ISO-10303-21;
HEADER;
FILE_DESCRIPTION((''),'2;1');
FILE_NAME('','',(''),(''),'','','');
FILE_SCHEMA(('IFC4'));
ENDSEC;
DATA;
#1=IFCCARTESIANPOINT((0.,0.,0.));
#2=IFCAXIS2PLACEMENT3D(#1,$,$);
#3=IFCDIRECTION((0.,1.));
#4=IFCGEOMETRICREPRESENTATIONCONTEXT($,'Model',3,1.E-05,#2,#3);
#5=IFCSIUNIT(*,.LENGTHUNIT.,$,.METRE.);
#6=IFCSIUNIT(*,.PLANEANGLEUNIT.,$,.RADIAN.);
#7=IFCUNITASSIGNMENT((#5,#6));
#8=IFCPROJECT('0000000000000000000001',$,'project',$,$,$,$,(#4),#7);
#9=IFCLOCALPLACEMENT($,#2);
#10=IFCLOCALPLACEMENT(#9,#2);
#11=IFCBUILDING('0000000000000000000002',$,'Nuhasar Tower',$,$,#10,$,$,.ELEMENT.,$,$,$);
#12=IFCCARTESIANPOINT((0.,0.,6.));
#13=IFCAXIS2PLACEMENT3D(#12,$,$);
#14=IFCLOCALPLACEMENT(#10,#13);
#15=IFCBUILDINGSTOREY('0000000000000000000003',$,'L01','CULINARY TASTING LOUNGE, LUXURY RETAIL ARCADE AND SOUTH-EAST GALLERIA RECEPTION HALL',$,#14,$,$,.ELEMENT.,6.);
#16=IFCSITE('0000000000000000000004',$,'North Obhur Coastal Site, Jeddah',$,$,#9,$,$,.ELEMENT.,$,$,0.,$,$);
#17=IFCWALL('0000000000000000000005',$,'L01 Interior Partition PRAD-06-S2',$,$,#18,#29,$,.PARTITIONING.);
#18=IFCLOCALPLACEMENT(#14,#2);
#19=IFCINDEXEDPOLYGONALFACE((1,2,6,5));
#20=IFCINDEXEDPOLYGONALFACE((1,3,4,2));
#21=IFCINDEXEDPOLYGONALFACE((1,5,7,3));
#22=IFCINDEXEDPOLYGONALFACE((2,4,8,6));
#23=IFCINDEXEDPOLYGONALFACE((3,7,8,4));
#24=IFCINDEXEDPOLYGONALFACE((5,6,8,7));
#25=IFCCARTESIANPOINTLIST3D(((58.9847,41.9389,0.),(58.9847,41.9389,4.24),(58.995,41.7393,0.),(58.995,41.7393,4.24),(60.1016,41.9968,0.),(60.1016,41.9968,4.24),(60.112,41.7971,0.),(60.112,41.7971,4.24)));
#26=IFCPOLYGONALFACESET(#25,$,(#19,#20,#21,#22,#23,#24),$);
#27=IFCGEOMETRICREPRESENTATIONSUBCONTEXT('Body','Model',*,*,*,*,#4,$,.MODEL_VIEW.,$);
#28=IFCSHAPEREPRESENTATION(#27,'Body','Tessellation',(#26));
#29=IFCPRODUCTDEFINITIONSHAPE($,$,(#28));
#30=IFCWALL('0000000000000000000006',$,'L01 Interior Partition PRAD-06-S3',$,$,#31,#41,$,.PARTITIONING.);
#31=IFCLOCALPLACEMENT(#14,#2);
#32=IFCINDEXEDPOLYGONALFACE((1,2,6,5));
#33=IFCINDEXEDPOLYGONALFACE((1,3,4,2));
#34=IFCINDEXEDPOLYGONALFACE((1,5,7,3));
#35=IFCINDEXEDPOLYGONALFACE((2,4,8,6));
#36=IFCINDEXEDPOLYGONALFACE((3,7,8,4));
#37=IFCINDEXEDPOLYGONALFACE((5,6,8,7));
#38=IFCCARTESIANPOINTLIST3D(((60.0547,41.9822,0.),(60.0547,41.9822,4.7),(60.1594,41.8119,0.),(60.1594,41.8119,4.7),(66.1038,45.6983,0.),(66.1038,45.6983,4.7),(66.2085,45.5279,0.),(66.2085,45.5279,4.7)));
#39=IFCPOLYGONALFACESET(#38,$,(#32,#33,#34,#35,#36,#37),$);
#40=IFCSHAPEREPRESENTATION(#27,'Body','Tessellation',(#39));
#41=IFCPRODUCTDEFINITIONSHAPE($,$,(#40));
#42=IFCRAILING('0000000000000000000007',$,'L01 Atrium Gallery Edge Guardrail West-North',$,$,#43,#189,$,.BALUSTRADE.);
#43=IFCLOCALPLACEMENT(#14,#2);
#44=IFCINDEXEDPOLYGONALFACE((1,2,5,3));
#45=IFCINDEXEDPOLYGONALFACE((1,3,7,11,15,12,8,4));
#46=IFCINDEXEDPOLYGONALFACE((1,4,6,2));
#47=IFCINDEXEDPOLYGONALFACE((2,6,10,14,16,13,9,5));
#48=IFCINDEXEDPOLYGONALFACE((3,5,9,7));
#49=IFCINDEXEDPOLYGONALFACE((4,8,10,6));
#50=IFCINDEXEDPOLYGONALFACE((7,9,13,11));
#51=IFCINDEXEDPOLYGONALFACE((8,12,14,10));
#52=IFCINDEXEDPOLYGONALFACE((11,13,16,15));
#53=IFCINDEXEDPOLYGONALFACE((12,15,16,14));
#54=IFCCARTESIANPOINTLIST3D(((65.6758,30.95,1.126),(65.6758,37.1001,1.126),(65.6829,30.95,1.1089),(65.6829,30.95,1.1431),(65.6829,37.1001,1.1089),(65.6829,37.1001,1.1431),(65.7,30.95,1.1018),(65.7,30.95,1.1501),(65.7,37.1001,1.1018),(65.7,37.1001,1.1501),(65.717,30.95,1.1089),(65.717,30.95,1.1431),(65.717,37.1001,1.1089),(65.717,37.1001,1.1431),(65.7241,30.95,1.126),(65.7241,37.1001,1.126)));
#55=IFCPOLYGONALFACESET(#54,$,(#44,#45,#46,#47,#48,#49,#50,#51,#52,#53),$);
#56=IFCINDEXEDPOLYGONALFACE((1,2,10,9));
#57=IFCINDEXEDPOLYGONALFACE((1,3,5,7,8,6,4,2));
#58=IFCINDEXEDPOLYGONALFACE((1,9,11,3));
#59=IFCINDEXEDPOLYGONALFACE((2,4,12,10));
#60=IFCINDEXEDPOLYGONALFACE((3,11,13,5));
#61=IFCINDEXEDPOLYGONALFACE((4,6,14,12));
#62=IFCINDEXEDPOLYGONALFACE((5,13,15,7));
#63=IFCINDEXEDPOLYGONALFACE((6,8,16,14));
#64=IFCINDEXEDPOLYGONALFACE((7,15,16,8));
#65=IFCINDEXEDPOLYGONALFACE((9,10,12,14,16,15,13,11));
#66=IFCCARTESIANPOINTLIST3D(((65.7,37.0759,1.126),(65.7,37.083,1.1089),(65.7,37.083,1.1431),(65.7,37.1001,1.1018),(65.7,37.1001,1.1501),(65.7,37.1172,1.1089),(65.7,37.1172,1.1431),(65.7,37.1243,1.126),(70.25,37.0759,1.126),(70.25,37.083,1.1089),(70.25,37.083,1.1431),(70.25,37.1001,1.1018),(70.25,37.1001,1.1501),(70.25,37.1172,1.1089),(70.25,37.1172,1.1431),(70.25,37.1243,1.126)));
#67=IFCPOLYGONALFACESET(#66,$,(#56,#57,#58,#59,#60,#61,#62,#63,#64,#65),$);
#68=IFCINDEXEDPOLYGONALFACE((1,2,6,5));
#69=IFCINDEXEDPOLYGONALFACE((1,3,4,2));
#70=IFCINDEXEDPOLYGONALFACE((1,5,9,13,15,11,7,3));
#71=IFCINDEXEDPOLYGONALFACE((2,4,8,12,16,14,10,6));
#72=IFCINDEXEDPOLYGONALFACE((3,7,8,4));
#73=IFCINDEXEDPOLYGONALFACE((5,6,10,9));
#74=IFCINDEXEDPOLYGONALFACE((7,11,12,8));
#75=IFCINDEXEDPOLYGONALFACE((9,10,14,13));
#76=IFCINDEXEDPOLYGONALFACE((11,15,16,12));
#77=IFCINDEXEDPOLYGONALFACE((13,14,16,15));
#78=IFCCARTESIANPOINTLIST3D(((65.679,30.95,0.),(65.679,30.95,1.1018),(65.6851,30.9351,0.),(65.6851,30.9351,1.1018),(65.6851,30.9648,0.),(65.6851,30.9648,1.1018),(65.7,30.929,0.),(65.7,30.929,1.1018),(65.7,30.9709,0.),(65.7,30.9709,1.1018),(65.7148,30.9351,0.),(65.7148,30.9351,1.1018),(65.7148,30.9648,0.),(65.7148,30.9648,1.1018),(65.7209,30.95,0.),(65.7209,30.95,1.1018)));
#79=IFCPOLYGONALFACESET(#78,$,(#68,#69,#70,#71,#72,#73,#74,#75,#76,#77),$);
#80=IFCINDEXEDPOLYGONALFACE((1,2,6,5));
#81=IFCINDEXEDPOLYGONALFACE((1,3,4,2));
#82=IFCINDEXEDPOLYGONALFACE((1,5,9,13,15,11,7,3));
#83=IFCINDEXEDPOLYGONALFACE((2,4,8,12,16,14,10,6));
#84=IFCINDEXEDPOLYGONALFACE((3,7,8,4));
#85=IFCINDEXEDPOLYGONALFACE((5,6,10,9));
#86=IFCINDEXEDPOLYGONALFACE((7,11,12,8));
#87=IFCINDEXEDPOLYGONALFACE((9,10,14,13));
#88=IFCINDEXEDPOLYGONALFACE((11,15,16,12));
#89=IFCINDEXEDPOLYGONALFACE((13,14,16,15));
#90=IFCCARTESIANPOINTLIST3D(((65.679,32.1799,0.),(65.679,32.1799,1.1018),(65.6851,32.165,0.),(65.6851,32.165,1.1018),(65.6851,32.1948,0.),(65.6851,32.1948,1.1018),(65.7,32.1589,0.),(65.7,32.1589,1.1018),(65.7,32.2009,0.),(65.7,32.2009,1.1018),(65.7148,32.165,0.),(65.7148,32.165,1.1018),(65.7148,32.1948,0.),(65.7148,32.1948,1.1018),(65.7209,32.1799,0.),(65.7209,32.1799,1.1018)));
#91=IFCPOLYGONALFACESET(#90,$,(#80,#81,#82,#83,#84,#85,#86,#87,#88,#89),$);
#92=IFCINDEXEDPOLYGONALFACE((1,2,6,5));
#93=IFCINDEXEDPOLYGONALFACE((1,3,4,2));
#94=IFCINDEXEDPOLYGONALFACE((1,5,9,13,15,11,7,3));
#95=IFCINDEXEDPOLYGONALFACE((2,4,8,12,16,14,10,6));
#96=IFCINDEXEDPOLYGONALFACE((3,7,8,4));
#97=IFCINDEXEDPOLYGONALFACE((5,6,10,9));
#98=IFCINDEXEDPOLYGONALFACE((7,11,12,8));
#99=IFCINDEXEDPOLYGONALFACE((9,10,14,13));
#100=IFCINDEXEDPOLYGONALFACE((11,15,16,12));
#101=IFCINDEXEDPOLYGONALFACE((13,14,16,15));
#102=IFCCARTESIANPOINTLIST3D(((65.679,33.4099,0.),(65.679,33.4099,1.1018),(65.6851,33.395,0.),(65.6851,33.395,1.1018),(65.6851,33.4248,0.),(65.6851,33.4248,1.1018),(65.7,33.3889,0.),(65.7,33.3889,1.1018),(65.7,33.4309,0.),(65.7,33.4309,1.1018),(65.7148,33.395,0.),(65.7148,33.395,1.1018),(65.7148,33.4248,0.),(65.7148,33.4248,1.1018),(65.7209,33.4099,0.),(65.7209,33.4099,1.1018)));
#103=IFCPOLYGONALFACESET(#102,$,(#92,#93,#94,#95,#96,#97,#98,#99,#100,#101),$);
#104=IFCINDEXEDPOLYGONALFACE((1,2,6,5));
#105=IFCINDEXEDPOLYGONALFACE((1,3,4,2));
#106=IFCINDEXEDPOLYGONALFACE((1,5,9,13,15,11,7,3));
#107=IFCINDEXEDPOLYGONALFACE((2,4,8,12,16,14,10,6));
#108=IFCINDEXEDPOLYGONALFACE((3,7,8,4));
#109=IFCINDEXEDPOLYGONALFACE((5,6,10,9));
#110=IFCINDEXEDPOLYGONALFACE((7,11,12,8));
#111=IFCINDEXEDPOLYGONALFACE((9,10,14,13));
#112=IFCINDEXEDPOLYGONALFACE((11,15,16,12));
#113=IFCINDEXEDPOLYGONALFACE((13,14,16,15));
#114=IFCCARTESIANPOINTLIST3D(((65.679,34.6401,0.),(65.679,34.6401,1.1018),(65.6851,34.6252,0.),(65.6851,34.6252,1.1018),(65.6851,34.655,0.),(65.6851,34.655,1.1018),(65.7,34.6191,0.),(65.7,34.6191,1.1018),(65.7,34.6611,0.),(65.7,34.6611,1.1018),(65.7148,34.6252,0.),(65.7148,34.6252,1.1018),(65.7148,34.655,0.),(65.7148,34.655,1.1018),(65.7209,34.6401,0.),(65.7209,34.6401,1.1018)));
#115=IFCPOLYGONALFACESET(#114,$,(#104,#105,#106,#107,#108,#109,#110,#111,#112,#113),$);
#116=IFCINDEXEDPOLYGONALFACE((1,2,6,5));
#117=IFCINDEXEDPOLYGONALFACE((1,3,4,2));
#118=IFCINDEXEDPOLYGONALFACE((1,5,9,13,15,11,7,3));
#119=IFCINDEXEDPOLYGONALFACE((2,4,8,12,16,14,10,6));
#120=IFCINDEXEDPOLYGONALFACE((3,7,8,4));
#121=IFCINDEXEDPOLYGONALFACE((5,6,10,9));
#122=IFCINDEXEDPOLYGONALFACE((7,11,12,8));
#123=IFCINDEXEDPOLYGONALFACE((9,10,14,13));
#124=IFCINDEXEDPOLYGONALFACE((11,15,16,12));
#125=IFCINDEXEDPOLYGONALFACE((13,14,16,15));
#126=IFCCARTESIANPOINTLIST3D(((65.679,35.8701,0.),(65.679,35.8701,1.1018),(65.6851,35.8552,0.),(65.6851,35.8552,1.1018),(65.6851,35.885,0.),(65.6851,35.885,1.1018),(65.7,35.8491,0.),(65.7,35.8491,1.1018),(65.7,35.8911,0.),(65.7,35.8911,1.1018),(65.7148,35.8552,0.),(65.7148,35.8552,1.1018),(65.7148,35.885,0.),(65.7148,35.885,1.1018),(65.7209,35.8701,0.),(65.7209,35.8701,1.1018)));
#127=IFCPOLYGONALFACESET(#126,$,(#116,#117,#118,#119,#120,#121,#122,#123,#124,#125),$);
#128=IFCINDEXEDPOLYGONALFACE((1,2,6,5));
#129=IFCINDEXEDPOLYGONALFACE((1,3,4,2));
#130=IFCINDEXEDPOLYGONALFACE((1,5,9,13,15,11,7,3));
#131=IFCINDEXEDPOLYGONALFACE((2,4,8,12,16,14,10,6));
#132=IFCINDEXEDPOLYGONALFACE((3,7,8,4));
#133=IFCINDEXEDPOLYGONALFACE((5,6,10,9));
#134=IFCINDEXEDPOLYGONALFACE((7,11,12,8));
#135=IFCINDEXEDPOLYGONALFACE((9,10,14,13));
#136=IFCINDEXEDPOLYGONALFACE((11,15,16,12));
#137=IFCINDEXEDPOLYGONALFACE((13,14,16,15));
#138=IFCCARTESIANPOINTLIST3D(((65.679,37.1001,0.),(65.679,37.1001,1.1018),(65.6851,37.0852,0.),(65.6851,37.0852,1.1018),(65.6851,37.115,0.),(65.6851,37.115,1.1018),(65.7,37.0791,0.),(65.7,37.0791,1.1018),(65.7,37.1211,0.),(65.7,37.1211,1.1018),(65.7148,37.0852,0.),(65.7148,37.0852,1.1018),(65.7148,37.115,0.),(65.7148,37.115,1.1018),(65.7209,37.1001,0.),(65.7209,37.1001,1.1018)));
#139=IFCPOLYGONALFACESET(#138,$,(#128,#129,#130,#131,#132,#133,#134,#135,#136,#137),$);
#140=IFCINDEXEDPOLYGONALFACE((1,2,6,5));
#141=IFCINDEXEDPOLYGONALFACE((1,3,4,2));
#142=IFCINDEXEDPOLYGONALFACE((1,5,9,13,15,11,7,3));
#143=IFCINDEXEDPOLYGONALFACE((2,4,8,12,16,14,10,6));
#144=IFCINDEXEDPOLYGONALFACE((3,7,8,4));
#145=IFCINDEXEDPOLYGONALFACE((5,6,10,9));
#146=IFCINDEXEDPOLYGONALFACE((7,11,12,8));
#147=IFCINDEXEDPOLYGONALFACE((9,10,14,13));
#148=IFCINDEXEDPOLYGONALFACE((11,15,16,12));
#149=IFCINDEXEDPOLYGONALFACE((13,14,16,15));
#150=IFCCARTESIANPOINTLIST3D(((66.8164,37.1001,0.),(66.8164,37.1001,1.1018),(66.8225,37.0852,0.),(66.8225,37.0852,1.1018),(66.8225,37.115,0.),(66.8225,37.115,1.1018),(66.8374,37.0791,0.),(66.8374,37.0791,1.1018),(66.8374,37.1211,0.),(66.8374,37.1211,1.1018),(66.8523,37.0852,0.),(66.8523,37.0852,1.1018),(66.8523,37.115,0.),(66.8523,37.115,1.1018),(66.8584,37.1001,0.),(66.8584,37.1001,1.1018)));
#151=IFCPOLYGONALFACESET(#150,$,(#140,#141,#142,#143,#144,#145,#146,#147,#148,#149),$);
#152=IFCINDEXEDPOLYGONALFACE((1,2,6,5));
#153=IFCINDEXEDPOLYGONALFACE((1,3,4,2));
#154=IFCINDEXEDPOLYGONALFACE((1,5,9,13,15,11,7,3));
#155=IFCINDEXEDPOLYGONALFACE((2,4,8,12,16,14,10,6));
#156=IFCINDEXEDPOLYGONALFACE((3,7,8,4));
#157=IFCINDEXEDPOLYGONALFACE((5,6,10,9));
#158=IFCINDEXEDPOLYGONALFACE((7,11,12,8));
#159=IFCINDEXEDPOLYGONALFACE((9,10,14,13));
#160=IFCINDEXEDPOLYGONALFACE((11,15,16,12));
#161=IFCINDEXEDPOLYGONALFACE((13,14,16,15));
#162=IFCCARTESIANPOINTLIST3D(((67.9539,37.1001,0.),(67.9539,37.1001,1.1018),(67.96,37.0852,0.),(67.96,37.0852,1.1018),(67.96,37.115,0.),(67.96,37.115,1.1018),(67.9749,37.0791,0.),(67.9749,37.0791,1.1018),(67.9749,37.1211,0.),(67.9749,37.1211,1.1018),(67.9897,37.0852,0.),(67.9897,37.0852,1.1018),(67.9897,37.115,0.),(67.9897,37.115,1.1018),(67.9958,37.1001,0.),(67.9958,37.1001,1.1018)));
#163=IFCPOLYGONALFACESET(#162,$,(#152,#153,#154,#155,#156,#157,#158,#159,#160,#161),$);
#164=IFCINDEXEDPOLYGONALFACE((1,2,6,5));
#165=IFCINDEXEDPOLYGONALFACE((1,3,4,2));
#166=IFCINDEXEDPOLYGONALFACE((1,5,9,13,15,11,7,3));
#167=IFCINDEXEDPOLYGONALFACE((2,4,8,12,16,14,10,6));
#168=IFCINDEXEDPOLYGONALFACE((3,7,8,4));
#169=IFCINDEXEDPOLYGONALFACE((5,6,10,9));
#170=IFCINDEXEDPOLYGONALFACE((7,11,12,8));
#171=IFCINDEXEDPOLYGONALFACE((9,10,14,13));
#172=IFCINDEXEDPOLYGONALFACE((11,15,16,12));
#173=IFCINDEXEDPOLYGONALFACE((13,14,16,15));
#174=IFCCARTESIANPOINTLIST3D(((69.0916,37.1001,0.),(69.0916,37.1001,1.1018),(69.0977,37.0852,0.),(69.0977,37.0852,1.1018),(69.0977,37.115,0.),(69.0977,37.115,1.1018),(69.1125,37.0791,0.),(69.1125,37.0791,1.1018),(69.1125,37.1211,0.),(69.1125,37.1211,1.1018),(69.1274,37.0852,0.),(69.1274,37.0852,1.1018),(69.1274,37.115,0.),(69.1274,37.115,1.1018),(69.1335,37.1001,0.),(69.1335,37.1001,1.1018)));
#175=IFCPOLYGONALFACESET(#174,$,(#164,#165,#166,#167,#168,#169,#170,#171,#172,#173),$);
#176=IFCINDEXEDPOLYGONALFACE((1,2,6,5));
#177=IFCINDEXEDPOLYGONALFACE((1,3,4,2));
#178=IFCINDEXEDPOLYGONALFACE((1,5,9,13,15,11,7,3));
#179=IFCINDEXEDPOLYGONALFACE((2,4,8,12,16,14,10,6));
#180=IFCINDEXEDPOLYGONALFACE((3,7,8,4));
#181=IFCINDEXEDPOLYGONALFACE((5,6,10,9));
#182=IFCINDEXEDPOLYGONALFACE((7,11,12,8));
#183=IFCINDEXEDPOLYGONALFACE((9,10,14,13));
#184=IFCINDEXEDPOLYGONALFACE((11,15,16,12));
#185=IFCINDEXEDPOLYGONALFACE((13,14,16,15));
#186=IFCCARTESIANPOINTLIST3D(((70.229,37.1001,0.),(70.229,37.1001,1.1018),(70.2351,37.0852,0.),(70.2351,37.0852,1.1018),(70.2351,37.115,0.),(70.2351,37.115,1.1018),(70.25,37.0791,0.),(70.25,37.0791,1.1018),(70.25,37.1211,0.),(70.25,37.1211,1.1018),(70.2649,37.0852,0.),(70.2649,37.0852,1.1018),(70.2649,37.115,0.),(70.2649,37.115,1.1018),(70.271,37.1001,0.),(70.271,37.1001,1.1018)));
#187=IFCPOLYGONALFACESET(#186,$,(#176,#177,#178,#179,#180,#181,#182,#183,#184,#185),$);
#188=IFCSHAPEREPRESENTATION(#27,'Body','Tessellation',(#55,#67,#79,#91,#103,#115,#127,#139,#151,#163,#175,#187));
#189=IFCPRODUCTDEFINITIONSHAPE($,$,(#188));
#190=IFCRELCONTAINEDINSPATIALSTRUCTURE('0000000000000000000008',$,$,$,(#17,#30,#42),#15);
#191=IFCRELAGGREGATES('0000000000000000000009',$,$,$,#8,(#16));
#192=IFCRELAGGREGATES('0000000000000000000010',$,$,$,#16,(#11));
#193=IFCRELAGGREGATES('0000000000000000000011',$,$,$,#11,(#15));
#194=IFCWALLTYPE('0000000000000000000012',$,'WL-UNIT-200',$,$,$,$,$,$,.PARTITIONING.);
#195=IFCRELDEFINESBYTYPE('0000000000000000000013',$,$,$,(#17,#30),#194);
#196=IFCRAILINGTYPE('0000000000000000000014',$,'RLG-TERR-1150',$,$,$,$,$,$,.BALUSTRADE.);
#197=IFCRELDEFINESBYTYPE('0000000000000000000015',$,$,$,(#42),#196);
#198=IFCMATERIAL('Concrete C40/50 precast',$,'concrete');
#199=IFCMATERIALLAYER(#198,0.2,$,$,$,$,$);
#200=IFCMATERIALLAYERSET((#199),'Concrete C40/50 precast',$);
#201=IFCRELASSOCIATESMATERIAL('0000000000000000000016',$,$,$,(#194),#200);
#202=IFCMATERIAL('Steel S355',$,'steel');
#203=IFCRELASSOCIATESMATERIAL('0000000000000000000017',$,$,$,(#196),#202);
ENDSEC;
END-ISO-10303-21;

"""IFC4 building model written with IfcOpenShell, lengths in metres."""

from ifc_helpers import new_model, si_unit, direction, frame, frame_2d, origin, place, context, subcontext, project, spatial, polyline, rectangle, outline, extrude, material, layer, layer_set, type_object, element, save


model = new_model("IFC4")

# Units and contexts
model_context = context("Model", 3, precision=1e-05, world=origin(), true_north=direction((0.0, 1.0)))
body_context = subcontext(model_context, "Body", "Model", "MODEL_VIEW")
ifc_project = project(units=[si_unit("LENGTHUNIT", "METRE"), si_unit("PLANEANGLEUNIT", "RADIAN")], contexts=[model_context])

# Site, building, storey
site_placement = place(None, origin())
site = spatial("IfcSite", under=ifc_project, at=site_placement, Name="North Obhur Coastal Site, Jeddah", CompositionType="ELEMENT", RefElevation=0.0)
building_placement = place(site_placement, origin())
building = spatial("IfcBuilding", under=site, at=building_placement, Name="Nuhasar Tower", CompositionType="ELEMENT")
storey_placement = place(building_placement, frame((0.0, 0.0, 6.0)))
storey = spatial("IfcBuildingStorey", under=building, at=storey_placement, Name="L01", Description="CULINARY TASTING LOUNGE, LUXURY RETAIL ARCADE AND SOUTH-EAST GALLERIA RECEPTION HALL", CompositionType="ELEMENT", Elevation=6.0)

# Shared definitions
ifc_material_1 = material(Name="Steel S355", Category="steel")

# Walls
ifc_material_2 = material(Name="Concrete C40/50 precast", Category="concrete")
ifc_layer_1 = layer(ifc_material_2, 0.2)
ifc_layer_set_1 = layer_set([ifc_layer_1], Name="Concrete C40/50 precast")
wall_type = type_object("IfcWallType", Name="WL-UNIT-200", PredefinedType="PARTITIONING", material=ifc_layer_set_1)
wall_1_placement = place(storey_placement, frame((58.99, 41.8391, 0.0), z_axis=(0.0, 0.0, 1.0), x_axis=(0.998661, 0.051734, 0.0)))
element("IfcWall", 1, at=wall_1_placement, inside=storey, type_object=wall_type, Name="L01 Interior Partition PRAD-06-S2", PredefinedType="PARTITIONING", context=body_context, shape_type="SweptSolid", body=[
    extrude(rectangle(XDim=1.1184, YDim=0.2, at=frame_2d((0.5591, 0.0))), origin(), (0.0, 0.0, 1.0), 4.24),
])
wall_2_placement = place(storey_placement, frame((60.1069, 41.897, 0.0), z_axis=(0.0, 0.0, 1.0), x_axis=(0.852063, 0.523439, 0.0)))
element("IfcWall", 2, at=wall_2_placement, inside=storey, type_object=wall_type, Name="L01 Interior Partition PRAD-06-S3", PredefinedType="PARTITIONING", context=body_context, shape_type="SweptSolid", body=[
    extrude(rectangle(XDim=7.0994, YDim=0.2, at=frame_2d((3.5498, 0.0))), origin(), (0.0, 0.0, 1.0), 4.7),
])

# Railing
railing_type = type_object("IfcRailingType", Name="RLG-TERR-1150", PredefinedType="BALUSTRADE", material=ifc_material_1)
railing_placement = place(storey_placement, frame((65.7, 30.95, 0.0)))
element("IfcRailing", 3, at=railing_placement, inside=storey, type_object=railing_type, Name="L01 Atrium Gallery Edge Guardrail West-North", PredefinedType="BALUSTRADE", context=body_context, shape_type="SweptSolid", body=[
    extrude(outline(polyline([(0.0242, 0.0), (0.0171, 0.0171), (0.0, 0.0242), (-0.0171, 0.0171), (-0.0242, 0.0), (-0.0171, -0.0171), (0.0, -0.0242), (0.0171, -0.0171), (0.0242, 0.0)])), frame((0.0, 0.0, 1.126), z_axis=(0.0, 1.0, 0.0), x_axis=(-1.0, 0.0, 0.0)), (0.0, 0.0, 1.0), 6.1501),
    extrude(outline(polyline([(0.0242, 0.0), (0.0171, 0.0171), (0.0, 0.0242), (-0.0171, 0.0171), (-0.0242, 0.0), (-0.0171, -0.0171), (0.0, -0.0242), (0.0171, -0.0171), (0.0242, 0.0)])), frame((0.0, 6.1501, 1.126), z_axis=(1.0, 0.0, 0.0), x_axis=(0.0, 1.0, 0.0)), (0.0, 0.0, 1.0), 4.55),
    extrude(outline(polyline([(0.021, 0.0), (0.0149, 0.0149), (0.0, 0.021), (-0.0149, 0.0149), (-0.021, 0.0), (-0.0149, -0.0149), (0.0, -0.021), (0.0149, -0.0149), (0.021, 0.0)])), origin(), (0.0, 0.0, 1.0), 1.1018),
    extrude(outline(polyline([(0.021, 0.0), (0.0149, 0.0149), (0.0, 0.021), (-0.0149, 0.0149), (-0.021, 0.0), (-0.0149, -0.0149), (0.0, -0.021), (0.0149, -0.0149), (0.021, 0.0)])), frame((0.0, 1.23, 0.0)), (0.0, 0.0, 1.0), 1.1018),
    extrude(outline(polyline([(0.021, 0.0), (0.0149, 0.0149), (0.0, 0.021), (-0.0149, 0.0149), (-0.021, 0.0), (-0.0149, -0.0149), (0.0, -0.021), (0.0149, -0.0149), (0.021, 0.0)])), frame((0.0, 2.46, 0.0)), (0.0, 0.0, 1.0), 1.1018),
    extrude(outline(polyline([(0.021, 0.0), (0.0149, 0.0149), (0.0, 0.021), (-0.0149, 0.0149), (-0.021, 0.0), (-0.0149, -0.0149), (0.0, -0.021), (0.0149, -0.0149), (0.021, 0.0)])), frame((0.0, 3.6902, 0.0)), (0.0, 0.0, 1.0), 1.1018),
    extrude(outline(polyline([(0.021, 0.0), (0.0149, 0.0149), (0.0, 0.021), (-0.0149, 0.0149), (-0.021, 0.0), (-0.0149, -0.0149), (0.0, -0.021), (0.0149, -0.0149), (0.021, 0.0)])), frame((0.0, 4.9202, 0.0)), (0.0, 0.0, 1.0), 1.1018),
    extrude(outline(polyline([(0.021, 0.0), (0.0149, 0.0149), (0.0, 0.021), (-0.0149, 0.0149), (-0.021, 0.0), (-0.0149, -0.0149), (0.0, -0.021), (0.0149, -0.0149), (0.021, 0.0)])), frame((0.0, 6.1501, 0.0)), (0.0, 0.0, 1.0), 1.1018),
    extrude(outline(polyline([(0.021, 0.0), (0.0149, 0.0149), (0.0, 0.021), (-0.0149, 0.0149), (-0.021, 0.0), (-0.0149, -0.0149), (0.0, -0.021), (0.0149, -0.0149), (0.021, 0.0)])), frame((1.1375, 6.1501, 0.0)), (0.0, 0.0, 1.0), 1.1018),
    extrude(outline(polyline([(0.021, 0.0), (0.0149, 0.0149), (0.0, 0.021), (-0.0149, 0.0149), (-0.021, 0.0), (-0.0149, -0.0149), (0.0, -0.021), (0.0149, -0.0149), (0.021, 0.0)])), frame((2.2749, 6.1501, 0.0)), (0.0, 0.0, 1.0), 1.1018),
    extrude(outline(polyline([(0.021, 0.0), (0.0149, 0.0149), (0.0, 0.021), (-0.0149, 0.0149), (-0.021, 0.0), (-0.0149, -0.0149), (0.0, -0.021), (0.0149, -0.0149), (0.021, 0.0)])), frame((3.4126, 6.1501, 0.0)), (0.0, 0.0, 1.0), 1.1018),
    extrude(outline(polyline([(0.021, 0.0), (0.0149, 0.0149), (0.0, 0.021), (-0.0149, 0.0149), (-0.021, 0.0), (-0.0149, -0.0149), (0.0, -0.021), (0.0149, -0.0149), (0.021, 0.0)])), frame((4.55, 6.1501, 0.0)), (0.0, 0.0, 1.0), 1.1018),
])

save(model, "model.ifc")
